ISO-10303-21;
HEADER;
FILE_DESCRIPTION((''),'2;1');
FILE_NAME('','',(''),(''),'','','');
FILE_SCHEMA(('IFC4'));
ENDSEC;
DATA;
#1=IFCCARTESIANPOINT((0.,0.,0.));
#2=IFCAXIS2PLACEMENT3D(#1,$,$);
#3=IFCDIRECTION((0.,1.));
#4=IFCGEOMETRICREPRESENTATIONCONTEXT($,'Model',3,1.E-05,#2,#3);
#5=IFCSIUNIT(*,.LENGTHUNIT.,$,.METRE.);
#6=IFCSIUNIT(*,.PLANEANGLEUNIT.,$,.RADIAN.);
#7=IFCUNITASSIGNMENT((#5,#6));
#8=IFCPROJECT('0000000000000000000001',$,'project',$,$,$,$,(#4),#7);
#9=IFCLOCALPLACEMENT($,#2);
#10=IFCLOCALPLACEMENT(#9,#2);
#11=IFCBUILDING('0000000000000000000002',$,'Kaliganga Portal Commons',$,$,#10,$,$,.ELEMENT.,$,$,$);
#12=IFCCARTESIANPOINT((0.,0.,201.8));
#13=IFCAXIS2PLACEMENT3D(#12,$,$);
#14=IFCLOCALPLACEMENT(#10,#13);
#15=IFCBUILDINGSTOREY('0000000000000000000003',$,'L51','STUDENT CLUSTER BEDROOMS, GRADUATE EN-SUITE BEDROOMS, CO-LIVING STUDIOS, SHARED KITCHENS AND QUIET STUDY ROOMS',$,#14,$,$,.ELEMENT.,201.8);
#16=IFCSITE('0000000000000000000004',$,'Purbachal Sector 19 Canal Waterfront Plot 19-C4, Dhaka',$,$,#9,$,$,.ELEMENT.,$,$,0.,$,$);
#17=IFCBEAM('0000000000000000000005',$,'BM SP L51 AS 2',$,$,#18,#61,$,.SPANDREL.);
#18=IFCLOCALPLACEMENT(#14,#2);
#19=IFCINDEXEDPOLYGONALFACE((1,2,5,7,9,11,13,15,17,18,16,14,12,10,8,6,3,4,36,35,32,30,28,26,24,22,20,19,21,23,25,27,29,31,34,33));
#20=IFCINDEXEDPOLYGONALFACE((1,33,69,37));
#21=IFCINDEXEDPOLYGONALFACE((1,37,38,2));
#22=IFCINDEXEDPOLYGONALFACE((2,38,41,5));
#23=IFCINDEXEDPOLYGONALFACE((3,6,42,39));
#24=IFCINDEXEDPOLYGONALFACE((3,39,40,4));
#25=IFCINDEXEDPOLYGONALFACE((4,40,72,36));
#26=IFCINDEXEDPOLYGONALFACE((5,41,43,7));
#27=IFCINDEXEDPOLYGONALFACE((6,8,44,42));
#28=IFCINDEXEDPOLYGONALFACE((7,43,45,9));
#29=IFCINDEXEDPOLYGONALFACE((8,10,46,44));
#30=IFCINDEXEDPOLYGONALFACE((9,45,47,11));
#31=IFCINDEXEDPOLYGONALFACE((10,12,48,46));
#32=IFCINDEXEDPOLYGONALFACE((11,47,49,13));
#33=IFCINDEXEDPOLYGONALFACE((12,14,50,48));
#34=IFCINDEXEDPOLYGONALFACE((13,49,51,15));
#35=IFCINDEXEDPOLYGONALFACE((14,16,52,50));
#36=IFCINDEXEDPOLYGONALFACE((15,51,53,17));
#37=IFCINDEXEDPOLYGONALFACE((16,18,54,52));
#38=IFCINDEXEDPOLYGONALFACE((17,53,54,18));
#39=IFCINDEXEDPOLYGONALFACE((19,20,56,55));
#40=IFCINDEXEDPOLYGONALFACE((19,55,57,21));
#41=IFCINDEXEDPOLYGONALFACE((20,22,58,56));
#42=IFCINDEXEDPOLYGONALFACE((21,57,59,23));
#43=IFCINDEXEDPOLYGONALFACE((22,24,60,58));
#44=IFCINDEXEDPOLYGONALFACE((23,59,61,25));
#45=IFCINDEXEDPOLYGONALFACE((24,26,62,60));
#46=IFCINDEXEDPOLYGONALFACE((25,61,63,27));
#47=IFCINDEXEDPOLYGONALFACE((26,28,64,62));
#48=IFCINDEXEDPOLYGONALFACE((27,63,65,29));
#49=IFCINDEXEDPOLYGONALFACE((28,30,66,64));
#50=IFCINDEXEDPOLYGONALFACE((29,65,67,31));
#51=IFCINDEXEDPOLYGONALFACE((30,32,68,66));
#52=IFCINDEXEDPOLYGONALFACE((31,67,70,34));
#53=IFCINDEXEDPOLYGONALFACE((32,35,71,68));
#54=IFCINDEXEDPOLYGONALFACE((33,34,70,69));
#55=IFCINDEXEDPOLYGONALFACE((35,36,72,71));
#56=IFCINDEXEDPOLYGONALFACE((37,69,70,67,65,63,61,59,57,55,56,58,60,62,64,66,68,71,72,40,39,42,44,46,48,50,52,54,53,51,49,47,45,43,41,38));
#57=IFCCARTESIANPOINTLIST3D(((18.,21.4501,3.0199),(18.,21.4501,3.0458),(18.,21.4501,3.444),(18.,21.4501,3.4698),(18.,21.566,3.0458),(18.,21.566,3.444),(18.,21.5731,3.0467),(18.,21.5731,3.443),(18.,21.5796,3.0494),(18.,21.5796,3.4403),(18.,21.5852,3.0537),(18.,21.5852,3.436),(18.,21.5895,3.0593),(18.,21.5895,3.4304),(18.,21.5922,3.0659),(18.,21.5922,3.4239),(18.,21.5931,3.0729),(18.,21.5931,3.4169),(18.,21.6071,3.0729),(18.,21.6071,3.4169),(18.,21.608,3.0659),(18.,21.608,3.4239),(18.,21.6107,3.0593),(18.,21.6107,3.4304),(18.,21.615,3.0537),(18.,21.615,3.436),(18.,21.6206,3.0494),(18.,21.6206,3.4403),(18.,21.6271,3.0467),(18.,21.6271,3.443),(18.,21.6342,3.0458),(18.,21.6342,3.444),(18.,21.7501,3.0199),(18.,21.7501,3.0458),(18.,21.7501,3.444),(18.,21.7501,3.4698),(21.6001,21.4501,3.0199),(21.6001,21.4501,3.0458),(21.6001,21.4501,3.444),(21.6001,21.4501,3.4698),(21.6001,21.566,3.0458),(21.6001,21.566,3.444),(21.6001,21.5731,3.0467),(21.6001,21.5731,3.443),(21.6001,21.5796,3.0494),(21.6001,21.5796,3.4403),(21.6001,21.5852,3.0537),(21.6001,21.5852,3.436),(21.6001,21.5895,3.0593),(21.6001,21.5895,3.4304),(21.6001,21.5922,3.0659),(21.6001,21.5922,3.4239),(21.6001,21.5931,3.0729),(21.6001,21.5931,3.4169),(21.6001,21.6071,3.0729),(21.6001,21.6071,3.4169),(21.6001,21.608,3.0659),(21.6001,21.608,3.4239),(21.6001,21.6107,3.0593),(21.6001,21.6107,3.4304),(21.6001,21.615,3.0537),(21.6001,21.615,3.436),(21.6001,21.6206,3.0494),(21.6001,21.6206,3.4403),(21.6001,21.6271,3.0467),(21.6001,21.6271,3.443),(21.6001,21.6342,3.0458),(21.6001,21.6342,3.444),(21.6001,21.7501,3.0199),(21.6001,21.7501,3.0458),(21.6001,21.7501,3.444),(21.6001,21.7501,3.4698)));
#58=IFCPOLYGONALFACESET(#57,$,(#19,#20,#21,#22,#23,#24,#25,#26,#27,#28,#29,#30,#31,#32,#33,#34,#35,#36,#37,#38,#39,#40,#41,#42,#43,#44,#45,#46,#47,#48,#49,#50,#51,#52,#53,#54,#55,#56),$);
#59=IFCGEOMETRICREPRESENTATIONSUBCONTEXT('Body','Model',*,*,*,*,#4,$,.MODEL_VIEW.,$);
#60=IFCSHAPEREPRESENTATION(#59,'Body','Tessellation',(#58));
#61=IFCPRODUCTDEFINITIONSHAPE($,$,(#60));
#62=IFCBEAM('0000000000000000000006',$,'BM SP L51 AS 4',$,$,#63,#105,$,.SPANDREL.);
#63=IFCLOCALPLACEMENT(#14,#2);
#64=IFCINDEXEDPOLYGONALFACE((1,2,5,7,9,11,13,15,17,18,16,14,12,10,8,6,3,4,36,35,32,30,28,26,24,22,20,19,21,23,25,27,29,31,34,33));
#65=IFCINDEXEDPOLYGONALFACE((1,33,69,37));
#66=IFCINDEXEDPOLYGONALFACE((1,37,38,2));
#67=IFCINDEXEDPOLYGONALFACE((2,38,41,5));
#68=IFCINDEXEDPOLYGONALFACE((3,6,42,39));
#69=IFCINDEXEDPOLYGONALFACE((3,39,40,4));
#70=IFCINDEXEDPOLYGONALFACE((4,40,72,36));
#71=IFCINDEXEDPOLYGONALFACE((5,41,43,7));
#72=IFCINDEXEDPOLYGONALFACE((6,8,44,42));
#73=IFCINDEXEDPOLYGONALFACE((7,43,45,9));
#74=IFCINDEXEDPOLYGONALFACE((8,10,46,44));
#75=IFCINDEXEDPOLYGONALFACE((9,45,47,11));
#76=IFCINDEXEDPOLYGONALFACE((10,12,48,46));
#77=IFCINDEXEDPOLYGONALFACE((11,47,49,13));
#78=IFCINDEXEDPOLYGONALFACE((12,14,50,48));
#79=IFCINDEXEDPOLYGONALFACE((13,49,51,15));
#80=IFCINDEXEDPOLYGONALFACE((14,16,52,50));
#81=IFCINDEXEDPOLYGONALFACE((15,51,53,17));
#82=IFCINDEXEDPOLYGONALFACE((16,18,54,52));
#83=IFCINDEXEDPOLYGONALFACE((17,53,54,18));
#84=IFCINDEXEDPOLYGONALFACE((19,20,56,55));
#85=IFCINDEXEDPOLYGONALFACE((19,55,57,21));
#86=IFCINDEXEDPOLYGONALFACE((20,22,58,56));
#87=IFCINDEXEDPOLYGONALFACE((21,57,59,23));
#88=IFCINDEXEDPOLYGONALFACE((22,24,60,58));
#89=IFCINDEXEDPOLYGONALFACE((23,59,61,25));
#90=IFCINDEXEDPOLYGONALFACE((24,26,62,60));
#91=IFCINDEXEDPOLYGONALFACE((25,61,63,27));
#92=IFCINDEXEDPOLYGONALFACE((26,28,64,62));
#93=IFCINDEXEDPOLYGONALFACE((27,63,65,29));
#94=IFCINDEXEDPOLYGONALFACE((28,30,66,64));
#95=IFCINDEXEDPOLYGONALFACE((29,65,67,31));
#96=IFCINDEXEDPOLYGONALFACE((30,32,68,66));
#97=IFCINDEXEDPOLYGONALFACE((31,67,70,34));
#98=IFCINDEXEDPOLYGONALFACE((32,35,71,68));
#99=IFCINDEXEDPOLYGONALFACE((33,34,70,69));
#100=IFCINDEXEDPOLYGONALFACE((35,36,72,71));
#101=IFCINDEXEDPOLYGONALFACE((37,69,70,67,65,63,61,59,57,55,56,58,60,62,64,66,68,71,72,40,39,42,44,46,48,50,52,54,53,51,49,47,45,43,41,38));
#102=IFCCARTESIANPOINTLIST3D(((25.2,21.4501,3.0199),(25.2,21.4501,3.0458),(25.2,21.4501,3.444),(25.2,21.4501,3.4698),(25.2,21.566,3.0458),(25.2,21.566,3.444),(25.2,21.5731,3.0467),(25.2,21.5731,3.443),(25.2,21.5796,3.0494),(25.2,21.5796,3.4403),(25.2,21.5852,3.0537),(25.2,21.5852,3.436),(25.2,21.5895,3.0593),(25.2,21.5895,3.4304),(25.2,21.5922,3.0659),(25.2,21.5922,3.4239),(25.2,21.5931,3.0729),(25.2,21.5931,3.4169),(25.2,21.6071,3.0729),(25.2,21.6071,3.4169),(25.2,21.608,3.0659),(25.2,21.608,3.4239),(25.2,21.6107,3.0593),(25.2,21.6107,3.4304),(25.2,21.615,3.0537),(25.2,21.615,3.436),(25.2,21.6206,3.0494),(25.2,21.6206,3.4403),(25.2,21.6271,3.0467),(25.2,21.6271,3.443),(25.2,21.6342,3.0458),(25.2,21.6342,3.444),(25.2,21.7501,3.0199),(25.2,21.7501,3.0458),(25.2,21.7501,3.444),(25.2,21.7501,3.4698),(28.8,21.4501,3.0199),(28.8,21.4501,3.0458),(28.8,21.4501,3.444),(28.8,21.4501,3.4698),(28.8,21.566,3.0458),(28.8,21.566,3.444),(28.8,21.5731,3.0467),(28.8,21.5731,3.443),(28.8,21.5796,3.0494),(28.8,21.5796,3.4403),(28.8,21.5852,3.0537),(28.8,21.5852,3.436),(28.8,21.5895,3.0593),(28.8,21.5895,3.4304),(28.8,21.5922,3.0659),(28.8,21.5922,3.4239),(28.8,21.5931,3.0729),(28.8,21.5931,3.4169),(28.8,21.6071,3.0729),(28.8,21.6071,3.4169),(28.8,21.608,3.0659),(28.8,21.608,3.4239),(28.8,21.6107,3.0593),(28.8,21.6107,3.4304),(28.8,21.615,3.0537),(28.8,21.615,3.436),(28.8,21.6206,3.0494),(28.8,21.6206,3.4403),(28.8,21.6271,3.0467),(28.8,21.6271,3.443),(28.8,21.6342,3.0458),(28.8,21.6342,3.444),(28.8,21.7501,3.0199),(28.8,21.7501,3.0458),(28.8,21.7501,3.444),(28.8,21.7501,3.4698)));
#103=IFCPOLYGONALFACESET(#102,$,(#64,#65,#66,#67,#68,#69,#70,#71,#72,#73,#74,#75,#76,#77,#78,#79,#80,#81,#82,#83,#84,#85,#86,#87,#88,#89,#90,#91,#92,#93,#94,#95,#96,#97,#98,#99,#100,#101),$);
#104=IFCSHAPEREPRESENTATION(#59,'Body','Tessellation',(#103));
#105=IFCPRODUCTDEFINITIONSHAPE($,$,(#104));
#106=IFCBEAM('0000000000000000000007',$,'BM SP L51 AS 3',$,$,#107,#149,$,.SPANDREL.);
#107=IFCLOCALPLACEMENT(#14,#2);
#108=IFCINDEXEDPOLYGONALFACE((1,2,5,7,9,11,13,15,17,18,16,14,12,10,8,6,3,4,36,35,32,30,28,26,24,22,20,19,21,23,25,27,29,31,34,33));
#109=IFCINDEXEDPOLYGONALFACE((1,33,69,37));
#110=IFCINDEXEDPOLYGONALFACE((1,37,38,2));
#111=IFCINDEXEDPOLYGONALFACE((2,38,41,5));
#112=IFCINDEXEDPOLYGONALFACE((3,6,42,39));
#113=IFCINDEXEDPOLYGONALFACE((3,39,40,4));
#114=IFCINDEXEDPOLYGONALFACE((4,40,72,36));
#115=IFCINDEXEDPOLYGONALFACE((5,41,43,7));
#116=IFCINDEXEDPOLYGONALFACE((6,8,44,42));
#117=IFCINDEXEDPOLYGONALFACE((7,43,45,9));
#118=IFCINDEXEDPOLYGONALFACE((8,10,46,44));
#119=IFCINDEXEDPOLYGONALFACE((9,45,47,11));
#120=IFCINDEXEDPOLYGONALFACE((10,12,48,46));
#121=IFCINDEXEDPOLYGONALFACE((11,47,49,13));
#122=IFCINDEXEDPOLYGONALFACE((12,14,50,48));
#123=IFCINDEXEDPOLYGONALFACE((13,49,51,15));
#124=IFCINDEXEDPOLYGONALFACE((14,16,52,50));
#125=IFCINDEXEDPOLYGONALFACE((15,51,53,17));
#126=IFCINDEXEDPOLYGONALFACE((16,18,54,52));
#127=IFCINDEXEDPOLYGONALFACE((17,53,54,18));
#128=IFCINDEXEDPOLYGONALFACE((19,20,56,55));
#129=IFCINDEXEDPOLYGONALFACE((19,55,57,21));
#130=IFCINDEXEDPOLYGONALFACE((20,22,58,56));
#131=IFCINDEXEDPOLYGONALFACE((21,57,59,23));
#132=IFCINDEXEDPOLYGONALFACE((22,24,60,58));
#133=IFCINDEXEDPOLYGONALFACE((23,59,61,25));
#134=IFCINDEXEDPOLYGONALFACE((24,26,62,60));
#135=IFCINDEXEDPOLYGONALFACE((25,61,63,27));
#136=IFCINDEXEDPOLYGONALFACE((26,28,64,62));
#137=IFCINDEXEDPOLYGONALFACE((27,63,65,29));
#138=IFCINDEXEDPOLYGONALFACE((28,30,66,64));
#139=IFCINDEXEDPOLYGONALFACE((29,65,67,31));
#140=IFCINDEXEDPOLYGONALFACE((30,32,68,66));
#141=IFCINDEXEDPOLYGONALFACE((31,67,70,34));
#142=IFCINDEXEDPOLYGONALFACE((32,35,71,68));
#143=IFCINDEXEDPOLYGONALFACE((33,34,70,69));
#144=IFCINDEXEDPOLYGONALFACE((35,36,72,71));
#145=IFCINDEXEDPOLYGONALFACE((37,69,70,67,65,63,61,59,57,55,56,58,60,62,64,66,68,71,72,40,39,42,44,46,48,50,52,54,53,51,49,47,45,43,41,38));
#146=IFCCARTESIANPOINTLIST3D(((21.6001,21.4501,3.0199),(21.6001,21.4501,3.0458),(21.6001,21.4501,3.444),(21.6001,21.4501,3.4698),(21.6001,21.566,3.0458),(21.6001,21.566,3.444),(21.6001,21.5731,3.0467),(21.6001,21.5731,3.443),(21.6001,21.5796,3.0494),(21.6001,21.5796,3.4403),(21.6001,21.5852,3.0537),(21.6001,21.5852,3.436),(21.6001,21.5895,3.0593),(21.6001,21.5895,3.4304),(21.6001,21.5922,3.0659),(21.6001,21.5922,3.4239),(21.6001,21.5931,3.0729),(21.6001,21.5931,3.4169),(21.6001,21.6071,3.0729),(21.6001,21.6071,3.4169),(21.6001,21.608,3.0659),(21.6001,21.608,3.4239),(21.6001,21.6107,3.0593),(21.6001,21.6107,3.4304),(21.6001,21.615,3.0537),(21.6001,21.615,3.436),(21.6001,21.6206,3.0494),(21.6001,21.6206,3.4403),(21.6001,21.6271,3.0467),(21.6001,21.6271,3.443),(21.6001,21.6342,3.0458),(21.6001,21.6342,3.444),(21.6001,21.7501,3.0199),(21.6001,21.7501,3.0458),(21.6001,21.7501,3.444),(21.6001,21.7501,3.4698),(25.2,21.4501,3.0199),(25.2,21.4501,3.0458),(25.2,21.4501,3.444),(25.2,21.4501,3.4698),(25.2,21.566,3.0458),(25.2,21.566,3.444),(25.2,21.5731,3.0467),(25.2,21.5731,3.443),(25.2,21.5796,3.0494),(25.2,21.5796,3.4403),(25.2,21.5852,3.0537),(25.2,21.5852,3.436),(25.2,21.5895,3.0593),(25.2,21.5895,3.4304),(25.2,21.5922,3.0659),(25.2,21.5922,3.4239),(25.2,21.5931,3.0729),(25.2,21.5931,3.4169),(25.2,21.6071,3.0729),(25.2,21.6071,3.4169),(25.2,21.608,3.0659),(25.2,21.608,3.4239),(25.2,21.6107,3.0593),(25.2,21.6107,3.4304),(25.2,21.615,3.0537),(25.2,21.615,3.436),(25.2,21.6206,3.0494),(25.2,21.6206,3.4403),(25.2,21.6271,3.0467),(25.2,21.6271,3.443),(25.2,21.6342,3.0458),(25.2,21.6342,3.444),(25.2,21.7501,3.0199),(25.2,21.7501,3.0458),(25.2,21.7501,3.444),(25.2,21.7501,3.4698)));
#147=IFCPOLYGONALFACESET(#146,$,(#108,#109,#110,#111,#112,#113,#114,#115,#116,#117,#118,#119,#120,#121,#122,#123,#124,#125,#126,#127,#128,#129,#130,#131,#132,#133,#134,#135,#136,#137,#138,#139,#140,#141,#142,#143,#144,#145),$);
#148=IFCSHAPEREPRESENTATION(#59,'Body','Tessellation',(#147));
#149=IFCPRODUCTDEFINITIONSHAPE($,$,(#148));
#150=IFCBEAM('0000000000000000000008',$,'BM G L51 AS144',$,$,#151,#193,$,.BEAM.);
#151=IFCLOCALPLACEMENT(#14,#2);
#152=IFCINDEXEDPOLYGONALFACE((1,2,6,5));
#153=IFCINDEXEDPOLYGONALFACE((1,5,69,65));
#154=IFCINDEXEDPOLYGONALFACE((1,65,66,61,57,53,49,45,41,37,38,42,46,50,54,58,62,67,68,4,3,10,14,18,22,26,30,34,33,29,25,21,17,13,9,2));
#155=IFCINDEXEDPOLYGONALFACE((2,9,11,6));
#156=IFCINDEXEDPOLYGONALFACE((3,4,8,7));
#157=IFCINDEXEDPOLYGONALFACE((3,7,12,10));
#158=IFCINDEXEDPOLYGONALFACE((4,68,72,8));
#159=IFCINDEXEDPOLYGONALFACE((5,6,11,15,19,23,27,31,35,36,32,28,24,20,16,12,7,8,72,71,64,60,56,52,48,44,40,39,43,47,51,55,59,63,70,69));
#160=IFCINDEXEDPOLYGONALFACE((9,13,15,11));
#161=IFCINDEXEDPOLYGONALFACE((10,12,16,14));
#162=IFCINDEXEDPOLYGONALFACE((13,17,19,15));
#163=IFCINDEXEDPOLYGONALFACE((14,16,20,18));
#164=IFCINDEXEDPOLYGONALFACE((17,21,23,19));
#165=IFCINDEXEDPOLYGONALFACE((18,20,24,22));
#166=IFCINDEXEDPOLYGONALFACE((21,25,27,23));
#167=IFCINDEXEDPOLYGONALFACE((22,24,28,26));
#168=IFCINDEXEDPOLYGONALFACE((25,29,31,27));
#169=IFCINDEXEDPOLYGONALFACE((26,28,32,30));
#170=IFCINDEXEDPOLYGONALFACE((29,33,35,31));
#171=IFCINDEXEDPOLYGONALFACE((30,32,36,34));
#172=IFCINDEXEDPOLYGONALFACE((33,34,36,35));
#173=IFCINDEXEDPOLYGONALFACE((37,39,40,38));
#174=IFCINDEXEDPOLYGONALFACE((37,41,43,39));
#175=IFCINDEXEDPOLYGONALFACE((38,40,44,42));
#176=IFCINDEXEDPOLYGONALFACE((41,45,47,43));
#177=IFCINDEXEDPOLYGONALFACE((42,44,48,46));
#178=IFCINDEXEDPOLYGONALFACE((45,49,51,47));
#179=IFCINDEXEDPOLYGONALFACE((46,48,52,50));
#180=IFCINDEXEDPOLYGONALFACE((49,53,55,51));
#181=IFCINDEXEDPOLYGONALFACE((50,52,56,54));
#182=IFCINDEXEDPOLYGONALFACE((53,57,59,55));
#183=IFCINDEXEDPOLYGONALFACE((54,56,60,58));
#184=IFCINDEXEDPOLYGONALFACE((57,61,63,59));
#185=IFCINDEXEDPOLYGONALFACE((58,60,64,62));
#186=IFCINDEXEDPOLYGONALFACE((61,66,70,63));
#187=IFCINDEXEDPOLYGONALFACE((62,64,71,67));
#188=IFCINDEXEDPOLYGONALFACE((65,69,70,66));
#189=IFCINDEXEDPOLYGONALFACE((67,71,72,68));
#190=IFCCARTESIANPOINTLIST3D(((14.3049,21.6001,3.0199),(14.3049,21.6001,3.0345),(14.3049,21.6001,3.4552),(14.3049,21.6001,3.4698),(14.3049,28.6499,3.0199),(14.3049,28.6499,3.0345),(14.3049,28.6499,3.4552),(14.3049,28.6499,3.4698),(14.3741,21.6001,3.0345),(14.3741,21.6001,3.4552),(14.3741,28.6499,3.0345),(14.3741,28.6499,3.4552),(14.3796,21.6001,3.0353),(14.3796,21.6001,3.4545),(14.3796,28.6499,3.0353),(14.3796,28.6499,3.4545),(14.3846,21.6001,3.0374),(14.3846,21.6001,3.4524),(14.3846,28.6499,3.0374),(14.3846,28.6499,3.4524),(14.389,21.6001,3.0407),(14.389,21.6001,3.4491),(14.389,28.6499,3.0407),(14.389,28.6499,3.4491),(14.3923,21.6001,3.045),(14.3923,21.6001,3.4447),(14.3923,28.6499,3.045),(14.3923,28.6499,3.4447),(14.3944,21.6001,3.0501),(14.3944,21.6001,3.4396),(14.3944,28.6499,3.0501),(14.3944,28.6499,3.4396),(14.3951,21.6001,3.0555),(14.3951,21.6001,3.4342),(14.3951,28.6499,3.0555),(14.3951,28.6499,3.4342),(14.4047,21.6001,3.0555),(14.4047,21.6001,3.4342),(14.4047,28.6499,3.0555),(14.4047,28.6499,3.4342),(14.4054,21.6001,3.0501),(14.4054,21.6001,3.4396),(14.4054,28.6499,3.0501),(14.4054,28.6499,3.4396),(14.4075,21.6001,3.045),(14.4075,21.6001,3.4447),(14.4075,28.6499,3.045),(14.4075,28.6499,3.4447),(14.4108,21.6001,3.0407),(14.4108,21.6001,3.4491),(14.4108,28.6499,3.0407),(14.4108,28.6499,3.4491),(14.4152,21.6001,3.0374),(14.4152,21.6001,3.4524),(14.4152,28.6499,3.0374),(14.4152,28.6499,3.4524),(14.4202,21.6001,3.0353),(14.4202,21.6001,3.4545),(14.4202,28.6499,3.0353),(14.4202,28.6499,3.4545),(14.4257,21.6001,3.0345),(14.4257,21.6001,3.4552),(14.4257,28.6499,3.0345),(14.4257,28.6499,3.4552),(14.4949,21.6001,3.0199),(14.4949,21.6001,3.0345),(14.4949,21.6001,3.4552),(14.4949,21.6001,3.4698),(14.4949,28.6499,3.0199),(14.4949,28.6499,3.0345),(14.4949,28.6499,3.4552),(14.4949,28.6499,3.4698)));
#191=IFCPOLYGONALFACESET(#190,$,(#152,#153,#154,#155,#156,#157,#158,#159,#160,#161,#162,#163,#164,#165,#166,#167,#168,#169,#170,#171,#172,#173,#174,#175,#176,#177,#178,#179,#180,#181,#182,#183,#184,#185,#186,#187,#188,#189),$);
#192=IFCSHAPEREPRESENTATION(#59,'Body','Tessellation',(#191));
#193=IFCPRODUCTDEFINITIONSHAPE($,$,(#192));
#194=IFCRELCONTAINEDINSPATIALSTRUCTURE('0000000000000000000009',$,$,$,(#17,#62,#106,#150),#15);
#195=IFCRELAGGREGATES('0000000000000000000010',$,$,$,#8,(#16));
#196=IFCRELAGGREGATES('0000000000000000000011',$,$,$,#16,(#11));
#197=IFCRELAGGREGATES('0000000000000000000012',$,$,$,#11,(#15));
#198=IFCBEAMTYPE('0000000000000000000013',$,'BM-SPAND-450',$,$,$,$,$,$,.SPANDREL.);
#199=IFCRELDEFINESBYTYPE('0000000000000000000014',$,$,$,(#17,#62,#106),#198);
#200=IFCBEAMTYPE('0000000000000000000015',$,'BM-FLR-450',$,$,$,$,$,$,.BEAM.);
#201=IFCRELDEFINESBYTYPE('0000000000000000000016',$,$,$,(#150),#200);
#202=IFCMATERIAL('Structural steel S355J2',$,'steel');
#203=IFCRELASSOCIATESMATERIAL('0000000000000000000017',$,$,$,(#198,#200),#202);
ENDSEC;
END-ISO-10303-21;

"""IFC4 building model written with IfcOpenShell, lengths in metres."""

from ifc_helpers import new_model, si_unit, direction, frame, origin, origin_2d, place, context, subcontext, project, spatial, i_section, extrude, source, transform, mapped, material, material_profile, profile_set, type_object, element, save


model = new_model("IFC4")

# Units and contexts
model_context = context("Model", 3, precision=1e-05, world=origin(), true_north=direction((0.0, 1.0)))
body_context = subcontext(model_context, "Body", "Model", "MODEL_VIEW")
ifc_project = project(units=[si_unit("LENGTHUNIT", "METRE"), si_unit("PLANEANGLEUNIT", "RADIAN")], contexts=[model_context])

# Site, building, storey
site_placement = place(None, origin())
site = spatial("IfcSite", under=ifc_project, at=site_placement, Name="Purbachal Sector 19 Canal Waterfront Plot 19-C4, Dhaka", CompositionType="ELEMENT", RefElevation=0.0)
building_placement = place(site_placement, origin())
building = spatial("IfcBuilding", under=site, at=building_placement, Name="Kaliganga Portal Commons", CompositionType="ELEMENT")
storey_placement = place(building_placement, frame((0.0, 0.0, 201.8)))
storey = spatial("IfcBuildingStorey", under=building, at=storey_placement, Name="L51", Description="STUDENT CLUSTER BEDROOMS, GRADUATE EN-SUITE BEDROOMS, CO-LIVING STUDIOS, SHARED KITCHENS AND QUIET STUDY ROOMS", CompositionType="ELEMENT", Elevation=201.8)

# Shared definitions
ifc_material_1 = material(Name="Structural steel S355J2", Category="steel")

# Beams
ifc_material_profile_1 = material_profile(ifc_material_1, i_section(OverallWidth=0.3, OverallDepth=0.45, WebThickness=0.0139, FlangeThickness=0.0259, FilletRadius=0.0271, at=origin_2d()), Name="HE 450 B")
ifc_profile_set_1 = profile_set([ifc_material_profile_1], Name="Structural steel S355J2 wide-flange")
beam_type_1 = type_object("IfcBeamType", Name="BM-SPAND-450", PredefinedType="SPANDREL", material=ifc_profile_set_1)
shared_shape_1 = source(origin(), body_context, "Body", "SweptSolid", [
    extrude(i_section(OverallWidth=0.3, OverallDepth=0.45, WebThickness=0.0139, FlangeThickness=0.0259, FilletRadius=0.0271, at=origin_2d()), origin(), (0.0, 0.0, 1.0), 3.6001),
])
for number, where, z_axis, x_axis, name in (
    (1, (18.0, 21.6001, 3.2449), (1.0, 0.0, 0.0), (0.0, 1.0, 0.0), "BM SP L51 AS 2"),
    (2, (25.2, 21.6001, 3.2449), (1.0, 0.0, 0.0), (0.0, 1.0, 0.0), "BM SP L51 AS 4"),
):
    element("IfcBeam", number, at=place(storey_placement, frame(where, z_axis=z_axis, x_axis=x_axis)), inside=storey, type_object=beam_type_1, Name=name, PredefinedType="SPANDREL", context=body_context, shape_type="MappedRepresentation", body=[
        mapped(shared_shape_1, transform((0.0, 0.0, 0.0), x_axis=(1.0, 0.0, 0.0), y_axis=(0.0, 1.0, 0.0), z_axis=(0.0, 0.0, 1.0), scale=1.0)),
    ])
shared_shape_2 = source(origin(), body_context, "Body", "SweptSolid", [
    extrude(i_section(OverallWidth=0.3, OverallDepth=0.45, WebThickness=0.0139, FlangeThickness=0.0259, FilletRadius=0.0271, at=origin_2d()), origin(), (0.0, 0.0, 1.0), 3.5999),
])
beam_1_placement = place(storey_placement, frame((21.6001, 21.6001, 3.2449), z_axis=(1.0, 0.0, 0.0), x_axis=(0.0, 1.0, 0.0)))
element("IfcBeam", 3, at=beam_1_placement, inside=storey, type_object=beam_type_1, Name="BM SP L51 AS 3", PredefinedType="SPANDREL", context=body_context, shape_type="MappedRepresentation", body=[
    mapped(shared_shape_2, transform((0.0, 0.0, 0.0), x_axis=(1.0, 0.0, 0.0), y_axis=(0.0, 1.0, 0.0), z_axis=(0.0, 0.0, 1.0), scale=1.0)),
])
ifc_material_profile_2 = material_profile(ifc_material_1, i_section(OverallWidth=0.1899, OverallDepth=0.45, WebThickness=0.0095, FlangeThickness=0.0146, FilletRadius=0.021, at=origin_2d()), Name="IPE 450")
ifc_profile_set_2 = profile_set([ifc_material_profile_2], Name="Structural steel S355J2 wide-flange")
beam_type_2 = type_object("IfcBeamType", Name="BM-FLR-450", PredefinedType="BEAM", material=ifc_profile_set_2)
shared_shape_3 = source(origin(), body_context, "Body", "SweptSolid", [
    extrude(i_section(OverallWidth=0.1899, OverallDepth=0.45, WebThickness=0.0095, FlangeThickness=0.0146, FilletRadius=0.021, at=origin_2d()), origin(), (0.0, 0.0, 1.0), 7.0498),
])
beam_2_placement = place(storey_placement, frame((14.3999, 21.6001, 3.2449), z_axis=(0.0, 1.0, 0.0), x_axis=(-1.0, 0.0, 0.0)))
element("IfcBeam", 4, at=beam_2_placement, inside=storey, type_object=beam_type_2, Name="BM G L51 AS144", PredefinedType="BEAM", context=body_context, shape_type="MappedRepresentation", body=[
    mapped(shared_shape_3, transform((0.0, 0.0, 0.0), x_axis=(1.0, 0.0, 0.0), y_axis=(0.0, 1.0, 0.0), z_axis=(0.0, 0.0, 1.0), scale=1.0)),
])

save(model, "model.ifc")
